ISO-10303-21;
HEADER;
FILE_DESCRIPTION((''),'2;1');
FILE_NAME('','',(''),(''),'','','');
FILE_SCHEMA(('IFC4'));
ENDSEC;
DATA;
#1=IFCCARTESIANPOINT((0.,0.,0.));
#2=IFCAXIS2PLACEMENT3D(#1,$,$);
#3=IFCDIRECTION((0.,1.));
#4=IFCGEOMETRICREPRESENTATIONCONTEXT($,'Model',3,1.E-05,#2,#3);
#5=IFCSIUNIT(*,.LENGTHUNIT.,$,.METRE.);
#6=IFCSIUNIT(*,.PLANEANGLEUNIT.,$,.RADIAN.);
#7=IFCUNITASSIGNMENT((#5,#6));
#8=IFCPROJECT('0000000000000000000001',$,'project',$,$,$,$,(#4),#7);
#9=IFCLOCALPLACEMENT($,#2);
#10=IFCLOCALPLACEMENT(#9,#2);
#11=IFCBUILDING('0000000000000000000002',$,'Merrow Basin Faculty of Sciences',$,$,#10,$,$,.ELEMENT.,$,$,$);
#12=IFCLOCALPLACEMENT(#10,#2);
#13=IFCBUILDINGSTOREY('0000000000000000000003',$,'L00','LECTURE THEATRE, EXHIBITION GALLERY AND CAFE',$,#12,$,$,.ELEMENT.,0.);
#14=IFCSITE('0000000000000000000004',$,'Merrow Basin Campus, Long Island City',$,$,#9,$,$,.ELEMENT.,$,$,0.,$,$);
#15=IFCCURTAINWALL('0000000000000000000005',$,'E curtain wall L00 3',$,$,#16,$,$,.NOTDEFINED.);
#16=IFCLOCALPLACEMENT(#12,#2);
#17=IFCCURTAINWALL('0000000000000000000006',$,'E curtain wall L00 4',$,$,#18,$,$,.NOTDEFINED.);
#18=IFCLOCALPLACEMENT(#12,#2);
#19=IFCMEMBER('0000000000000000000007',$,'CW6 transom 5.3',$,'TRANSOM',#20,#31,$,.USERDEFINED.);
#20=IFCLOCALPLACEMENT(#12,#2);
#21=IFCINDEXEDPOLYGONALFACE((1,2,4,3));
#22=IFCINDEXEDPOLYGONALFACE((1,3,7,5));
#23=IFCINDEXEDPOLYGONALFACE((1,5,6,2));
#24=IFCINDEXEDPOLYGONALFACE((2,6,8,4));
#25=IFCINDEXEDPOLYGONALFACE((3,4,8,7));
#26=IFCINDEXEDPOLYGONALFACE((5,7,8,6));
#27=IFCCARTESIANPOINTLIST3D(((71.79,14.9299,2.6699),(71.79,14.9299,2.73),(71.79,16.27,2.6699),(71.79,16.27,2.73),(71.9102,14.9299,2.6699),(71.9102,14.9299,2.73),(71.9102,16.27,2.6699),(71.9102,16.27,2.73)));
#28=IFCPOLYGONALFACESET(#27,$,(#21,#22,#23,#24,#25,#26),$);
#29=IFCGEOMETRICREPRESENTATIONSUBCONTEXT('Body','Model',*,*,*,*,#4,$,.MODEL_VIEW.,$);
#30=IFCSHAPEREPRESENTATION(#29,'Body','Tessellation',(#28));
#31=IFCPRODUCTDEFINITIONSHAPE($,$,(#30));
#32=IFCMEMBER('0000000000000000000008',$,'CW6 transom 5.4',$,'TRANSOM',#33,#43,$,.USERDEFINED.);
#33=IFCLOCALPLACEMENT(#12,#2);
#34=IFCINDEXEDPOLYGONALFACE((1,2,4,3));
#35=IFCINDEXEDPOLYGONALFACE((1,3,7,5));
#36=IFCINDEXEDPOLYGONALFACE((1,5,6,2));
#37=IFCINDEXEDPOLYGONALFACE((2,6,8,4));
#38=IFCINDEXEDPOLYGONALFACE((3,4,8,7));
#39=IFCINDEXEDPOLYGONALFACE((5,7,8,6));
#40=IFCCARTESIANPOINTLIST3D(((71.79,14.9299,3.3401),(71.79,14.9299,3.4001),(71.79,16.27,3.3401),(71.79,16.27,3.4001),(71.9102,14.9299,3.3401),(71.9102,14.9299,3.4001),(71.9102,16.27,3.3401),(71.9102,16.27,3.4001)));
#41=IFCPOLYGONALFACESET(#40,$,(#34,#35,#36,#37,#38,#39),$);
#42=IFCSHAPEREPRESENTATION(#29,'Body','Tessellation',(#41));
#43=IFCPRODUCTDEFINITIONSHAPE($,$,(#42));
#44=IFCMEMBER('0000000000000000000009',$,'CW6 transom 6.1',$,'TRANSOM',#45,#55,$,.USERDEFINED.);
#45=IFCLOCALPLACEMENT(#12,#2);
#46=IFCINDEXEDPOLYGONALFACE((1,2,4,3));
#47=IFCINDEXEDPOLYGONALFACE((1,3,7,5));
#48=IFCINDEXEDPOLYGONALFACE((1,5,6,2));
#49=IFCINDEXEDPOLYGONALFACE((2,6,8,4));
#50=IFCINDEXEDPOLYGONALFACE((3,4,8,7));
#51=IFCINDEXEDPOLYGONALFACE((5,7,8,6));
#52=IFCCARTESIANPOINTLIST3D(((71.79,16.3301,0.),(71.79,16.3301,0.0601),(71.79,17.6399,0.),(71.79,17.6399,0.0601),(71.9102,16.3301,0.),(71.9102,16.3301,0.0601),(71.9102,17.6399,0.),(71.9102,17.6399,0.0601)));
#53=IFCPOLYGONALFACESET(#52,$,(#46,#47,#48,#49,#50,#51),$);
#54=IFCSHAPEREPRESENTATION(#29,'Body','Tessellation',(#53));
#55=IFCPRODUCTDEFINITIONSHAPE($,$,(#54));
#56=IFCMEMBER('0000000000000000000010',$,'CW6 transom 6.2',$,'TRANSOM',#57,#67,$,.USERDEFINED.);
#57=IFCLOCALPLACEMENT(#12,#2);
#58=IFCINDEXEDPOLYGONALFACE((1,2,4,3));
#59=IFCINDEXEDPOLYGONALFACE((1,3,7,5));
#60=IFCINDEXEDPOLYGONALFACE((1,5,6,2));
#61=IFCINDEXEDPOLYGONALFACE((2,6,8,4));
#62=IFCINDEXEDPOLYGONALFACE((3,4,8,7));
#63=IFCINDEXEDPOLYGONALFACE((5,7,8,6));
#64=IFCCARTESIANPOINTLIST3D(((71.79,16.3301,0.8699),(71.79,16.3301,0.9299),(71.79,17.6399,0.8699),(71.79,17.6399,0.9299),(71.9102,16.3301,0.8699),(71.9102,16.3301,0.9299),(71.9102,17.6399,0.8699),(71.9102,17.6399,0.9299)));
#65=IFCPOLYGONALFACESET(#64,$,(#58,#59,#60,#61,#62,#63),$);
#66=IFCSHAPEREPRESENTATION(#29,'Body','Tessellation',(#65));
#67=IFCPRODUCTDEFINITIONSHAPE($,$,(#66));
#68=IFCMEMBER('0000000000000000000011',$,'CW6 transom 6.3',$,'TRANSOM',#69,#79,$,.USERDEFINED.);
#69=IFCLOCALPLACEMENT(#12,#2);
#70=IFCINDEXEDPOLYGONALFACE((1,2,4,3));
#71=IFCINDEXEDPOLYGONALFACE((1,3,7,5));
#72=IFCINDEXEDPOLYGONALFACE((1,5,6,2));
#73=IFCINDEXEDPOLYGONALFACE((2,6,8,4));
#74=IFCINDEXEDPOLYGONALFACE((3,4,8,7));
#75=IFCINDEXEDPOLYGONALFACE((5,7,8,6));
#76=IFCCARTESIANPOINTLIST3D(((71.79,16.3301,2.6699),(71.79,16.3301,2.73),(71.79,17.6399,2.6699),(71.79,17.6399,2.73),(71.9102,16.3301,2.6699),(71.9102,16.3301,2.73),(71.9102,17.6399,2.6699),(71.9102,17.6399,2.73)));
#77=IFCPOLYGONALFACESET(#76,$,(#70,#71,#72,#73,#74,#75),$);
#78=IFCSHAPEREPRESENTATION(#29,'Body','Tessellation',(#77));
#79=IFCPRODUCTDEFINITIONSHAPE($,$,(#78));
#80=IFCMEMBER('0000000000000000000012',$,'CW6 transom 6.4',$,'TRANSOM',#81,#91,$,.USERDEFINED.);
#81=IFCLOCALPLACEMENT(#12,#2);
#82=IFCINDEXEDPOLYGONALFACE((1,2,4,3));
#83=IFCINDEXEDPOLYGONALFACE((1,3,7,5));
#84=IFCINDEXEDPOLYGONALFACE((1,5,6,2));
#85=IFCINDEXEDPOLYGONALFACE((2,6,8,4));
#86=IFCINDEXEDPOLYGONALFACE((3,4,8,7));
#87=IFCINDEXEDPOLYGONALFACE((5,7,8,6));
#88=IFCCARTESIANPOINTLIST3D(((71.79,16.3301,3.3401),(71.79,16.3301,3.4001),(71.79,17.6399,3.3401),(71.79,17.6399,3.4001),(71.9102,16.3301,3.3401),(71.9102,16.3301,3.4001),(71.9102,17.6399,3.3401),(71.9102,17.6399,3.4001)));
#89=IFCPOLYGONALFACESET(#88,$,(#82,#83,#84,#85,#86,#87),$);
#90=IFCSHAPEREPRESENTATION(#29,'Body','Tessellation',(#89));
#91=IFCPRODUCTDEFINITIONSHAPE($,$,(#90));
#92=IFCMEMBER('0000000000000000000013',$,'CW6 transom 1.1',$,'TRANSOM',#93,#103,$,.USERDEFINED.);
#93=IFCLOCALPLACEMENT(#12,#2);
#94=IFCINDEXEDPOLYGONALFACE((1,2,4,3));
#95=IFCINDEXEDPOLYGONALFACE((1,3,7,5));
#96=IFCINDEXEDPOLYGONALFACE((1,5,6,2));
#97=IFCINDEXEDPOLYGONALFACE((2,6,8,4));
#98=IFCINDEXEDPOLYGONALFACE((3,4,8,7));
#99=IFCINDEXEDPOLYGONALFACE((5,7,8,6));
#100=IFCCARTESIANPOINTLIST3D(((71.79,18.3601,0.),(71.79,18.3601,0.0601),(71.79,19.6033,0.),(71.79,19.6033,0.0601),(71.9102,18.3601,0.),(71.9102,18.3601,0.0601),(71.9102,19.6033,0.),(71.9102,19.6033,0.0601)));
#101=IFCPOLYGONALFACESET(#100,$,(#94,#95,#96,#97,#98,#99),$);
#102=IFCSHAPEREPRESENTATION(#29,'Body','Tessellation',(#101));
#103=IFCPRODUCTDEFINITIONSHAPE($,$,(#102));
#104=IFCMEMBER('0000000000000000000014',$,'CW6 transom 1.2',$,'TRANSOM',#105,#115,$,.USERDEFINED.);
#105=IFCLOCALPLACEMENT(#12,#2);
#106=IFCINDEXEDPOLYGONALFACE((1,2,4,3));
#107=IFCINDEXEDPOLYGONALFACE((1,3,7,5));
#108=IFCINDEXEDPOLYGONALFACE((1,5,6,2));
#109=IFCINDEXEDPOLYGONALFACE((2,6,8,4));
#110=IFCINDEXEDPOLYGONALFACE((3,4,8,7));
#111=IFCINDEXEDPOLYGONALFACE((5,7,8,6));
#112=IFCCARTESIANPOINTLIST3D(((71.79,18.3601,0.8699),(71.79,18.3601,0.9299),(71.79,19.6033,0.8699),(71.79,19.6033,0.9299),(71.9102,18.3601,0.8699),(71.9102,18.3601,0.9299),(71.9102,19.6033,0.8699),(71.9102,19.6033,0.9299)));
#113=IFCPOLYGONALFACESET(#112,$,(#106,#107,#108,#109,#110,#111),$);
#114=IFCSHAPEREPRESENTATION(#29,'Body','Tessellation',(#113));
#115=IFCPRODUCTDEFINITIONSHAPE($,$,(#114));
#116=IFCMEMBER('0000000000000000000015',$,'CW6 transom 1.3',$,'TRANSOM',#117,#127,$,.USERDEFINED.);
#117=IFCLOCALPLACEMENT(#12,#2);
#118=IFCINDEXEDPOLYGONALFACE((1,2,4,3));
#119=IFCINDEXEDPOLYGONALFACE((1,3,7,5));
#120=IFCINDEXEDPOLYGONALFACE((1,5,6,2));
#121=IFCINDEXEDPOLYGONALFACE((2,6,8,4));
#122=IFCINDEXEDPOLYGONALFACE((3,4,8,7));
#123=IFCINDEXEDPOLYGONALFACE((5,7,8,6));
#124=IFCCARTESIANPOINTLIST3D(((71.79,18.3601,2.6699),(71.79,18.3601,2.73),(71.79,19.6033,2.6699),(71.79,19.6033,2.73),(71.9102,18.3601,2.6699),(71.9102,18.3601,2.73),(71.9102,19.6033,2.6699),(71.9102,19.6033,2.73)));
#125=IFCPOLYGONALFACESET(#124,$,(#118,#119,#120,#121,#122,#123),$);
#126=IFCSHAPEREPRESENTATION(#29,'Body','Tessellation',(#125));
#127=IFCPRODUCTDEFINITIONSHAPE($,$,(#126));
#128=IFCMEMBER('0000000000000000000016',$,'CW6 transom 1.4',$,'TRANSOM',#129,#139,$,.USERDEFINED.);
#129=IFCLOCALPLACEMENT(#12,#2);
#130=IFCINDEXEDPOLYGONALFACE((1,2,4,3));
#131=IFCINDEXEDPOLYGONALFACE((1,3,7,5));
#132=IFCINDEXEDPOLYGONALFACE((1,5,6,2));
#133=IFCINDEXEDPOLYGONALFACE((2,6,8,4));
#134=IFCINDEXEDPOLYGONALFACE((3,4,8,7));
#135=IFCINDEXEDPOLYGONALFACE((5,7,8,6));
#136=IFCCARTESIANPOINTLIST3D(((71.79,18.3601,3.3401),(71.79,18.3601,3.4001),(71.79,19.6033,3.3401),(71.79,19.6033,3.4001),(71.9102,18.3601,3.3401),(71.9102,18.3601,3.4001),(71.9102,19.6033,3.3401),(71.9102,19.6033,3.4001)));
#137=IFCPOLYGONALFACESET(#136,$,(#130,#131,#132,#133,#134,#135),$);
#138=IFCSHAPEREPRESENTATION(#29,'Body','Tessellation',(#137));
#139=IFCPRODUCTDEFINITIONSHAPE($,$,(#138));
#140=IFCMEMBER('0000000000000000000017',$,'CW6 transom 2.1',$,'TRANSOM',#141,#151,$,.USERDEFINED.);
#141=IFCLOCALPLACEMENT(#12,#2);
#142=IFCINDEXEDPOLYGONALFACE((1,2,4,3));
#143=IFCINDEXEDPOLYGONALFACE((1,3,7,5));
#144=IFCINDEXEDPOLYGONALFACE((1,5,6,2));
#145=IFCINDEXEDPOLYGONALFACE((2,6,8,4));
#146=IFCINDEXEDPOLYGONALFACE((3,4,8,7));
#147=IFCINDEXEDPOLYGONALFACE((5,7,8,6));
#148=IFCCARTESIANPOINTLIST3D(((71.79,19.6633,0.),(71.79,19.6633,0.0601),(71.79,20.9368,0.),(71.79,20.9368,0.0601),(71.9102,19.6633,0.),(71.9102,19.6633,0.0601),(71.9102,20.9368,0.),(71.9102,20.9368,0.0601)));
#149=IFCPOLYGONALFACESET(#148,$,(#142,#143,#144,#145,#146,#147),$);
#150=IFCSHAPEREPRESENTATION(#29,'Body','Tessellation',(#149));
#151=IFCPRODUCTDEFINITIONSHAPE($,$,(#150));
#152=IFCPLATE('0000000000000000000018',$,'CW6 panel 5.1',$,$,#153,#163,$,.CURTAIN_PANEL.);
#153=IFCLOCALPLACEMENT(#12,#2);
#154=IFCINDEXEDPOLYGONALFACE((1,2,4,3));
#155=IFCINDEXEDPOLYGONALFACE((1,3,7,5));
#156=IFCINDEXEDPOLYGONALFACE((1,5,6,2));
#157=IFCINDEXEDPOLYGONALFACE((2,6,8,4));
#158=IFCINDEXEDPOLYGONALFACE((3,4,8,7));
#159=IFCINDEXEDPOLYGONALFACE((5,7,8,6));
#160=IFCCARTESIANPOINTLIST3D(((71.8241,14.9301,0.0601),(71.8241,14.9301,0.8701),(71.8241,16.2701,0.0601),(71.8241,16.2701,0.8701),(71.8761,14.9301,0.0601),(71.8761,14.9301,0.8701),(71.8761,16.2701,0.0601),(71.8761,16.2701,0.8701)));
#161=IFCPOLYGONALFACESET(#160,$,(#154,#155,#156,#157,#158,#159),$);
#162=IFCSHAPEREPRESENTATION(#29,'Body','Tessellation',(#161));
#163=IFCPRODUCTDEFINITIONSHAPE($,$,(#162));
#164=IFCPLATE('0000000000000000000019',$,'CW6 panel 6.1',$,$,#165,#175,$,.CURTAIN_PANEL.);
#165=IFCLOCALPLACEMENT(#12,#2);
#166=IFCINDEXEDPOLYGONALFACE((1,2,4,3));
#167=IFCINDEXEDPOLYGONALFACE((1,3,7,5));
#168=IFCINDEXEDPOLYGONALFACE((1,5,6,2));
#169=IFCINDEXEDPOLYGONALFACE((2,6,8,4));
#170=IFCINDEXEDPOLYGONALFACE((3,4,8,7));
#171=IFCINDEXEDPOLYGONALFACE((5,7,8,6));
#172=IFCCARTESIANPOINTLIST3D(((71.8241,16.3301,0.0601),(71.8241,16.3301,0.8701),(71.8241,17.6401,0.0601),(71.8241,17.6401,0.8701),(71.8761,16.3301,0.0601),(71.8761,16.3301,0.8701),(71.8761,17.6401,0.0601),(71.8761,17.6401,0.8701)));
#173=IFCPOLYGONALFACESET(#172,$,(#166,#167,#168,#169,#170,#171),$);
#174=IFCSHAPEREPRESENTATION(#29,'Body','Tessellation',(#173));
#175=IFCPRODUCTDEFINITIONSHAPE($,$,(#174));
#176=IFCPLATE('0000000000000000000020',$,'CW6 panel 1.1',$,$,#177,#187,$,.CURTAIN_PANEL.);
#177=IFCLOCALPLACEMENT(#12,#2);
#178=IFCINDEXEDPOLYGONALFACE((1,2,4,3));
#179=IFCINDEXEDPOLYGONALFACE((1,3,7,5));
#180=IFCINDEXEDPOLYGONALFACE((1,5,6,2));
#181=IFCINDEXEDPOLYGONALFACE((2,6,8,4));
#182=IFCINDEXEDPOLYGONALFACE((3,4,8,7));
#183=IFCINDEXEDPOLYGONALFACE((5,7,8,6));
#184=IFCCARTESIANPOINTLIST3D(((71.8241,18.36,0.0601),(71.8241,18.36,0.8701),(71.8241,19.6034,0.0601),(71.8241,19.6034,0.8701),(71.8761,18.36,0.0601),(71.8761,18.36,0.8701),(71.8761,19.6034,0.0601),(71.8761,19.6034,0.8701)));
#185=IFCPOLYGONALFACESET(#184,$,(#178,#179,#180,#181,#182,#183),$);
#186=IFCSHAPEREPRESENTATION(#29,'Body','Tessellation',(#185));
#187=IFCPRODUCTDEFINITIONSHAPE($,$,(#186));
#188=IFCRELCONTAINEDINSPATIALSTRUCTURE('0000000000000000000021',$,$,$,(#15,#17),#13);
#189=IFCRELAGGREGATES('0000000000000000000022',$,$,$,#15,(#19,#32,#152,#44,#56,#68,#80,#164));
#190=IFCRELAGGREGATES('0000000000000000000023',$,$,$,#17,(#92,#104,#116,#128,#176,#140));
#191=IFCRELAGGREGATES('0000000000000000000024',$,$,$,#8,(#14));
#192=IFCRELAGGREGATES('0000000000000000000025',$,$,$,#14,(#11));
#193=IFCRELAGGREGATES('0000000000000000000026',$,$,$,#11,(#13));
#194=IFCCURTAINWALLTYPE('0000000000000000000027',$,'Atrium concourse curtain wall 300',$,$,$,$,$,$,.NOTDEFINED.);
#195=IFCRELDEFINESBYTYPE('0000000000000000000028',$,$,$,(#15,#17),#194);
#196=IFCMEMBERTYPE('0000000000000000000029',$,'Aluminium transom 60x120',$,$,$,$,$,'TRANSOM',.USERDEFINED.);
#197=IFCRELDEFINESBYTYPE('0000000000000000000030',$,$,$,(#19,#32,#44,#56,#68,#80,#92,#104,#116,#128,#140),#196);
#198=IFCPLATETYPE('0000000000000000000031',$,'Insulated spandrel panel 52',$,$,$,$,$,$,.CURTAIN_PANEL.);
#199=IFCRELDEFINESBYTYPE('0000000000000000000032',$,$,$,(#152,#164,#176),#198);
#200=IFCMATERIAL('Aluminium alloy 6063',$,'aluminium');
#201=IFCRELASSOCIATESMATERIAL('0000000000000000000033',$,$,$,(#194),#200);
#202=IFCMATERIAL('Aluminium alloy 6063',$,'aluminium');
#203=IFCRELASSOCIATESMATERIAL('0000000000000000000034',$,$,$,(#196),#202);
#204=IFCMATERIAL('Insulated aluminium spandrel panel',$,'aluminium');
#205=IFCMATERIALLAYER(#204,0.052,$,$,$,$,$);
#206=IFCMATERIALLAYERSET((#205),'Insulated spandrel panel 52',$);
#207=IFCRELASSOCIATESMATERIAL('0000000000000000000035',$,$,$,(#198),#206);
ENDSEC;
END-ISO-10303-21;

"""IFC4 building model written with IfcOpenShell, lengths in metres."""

from ifc_helpers import new_model, si_unit, direction, frame, origin, origin_2d, place, context, subcontext, project, spatial, rectangle, extrude, material, layer, layer_set, material_profile, profile_set, type_object, element, aggregate, save


model = new_model("IFC4")

# Units and contexts
model_context = context("Model", 3, precision=1e-05, world=origin(), true_north=direction((0.0, 1.0)))
body_context = subcontext(model_context, "Body", "Model", "MODEL_VIEW")
ifc_project = project(units=[si_unit("LENGTHUNIT", "METRE"), si_unit("PLANEANGLEUNIT", "RADIAN")], contexts=[model_context])

# Site, building, storey
site_placement = place(None, origin())
site = spatial("IfcSite", under=ifc_project, at=site_placement, Name="Merrow Basin Campus, Long Island City", CompositionType="ELEMENT", RefElevation=0.0)
building_placement = place(site_placement, origin())
building = spatial("IfcBuilding", under=site, at=building_placement, Name="Merrow Basin Faculty of Sciences", CompositionType="ELEMENT")
storey_placement = place(building_placement, origin())
storey = spatial("IfcBuildingStorey", under=building, at=storey_placement, Name="L00", Description="LECTURE THEATRE, EXHIBITION GALLERY AND CAFE", CompositionType="ELEMENT", Elevation=0.0)

# Curtain walls
ifc_material_1 = material(Name="Aluminium alloy 6063", Category="aluminium")
curtain_wall_type = type_object("IfcCurtainWallType", Name="Atrium concourse curtain wall 300", PredefinedType="NOTDEFINED", material=ifc_material_1)
curtain_wall_1_placement = place(storey_placement, origin())
curtain_wall_1 = element("IfcCurtainWall", 1, at=curtain_wall_1_placement, inside=storey, type_object=curtain_wall_type, Name="E curtain wall L00 3", PredefinedType="NOTDEFINED")
curtain_wall_2_placement = place(storey_placement, origin())
curtain_wall_2 = element("IfcCurtainWall", 2, at=curtain_wall_2_placement, inside=storey, type_object=curtain_wall_type, Name="E curtain wall L00 4", PredefinedType="NOTDEFINED")

# Members
ifc_material_2 = material(Name="Aluminium alloy 6063", Category="aluminium")
ifc_material_profile_1 = material_profile(ifc_material_2, rectangle(XDim=0.1201, YDim=0.0601, at=origin_2d()))
ifc_profile_set_1 = profile_set([ifc_material_profile_1], Name="Aluminium alloy 6063")
member_type_1 = type_object("IfcMemberType", Name="Aluminium transom 60x120", ElementType="TRANSOM", PredefinedType="USERDEFINED", material=ifc_profile_set_1)
member_1_placement = place(storey_placement, frame((71.8501, 14.9299, 2.7), z_axis=(0.0, 1.0, 0.0), x_axis=(-1.0, 0.0, 0.0)))
member_1 = element("IfcMember", 3, at=member_1_placement, type_object=member_type_1, Name="CW6 transom 5.3", ObjectType="TRANSOM", PredefinedType="USERDEFINED", context=body_context, shape_type="SweptSolid", body=[
    extrude(rectangle(XDim=0.1201, YDim=0.0601, at=origin_2d()), origin(), (0.0, 0.0, 1.0), 1.3401),
])
member_2_placement = place(storey_placement, frame((71.8501, 14.9299, 3.3701), z_axis=(0.0, 1.0, 0.0), x_axis=(-1.0, 0.0, 0.0)))
member_2 = element("IfcMember", 4, at=member_2_placement, type_object=member_type_1, Name="CW6 transom 5.4", ObjectType="TRANSOM", PredefinedType="USERDEFINED", context=body_context, shape_type="SweptSolid", body=[
    extrude(rectangle(XDim=0.1201, YDim=0.0601, at=origin_2d()), origin(), (0.0, 0.0, 1.0), 1.3401),
])
member_3_placement = place(storey_placement, frame((71.8501, 16.3301, 0.03), z_axis=(0.0, 1.0, 0.0), x_axis=(-1.0, 0.0, 0.0)))
member_3 = element("IfcMember", 5, at=member_3_placement, type_object=member_type_1, Name="CW6 transom 6.1", ObjectType="TRANSOM", PredefinedType="USERDEFINED", context=body_context, shape_type="SweptSolid", body=[
    extrude(rectangle(XDim=0.1201, YDim=0.0601, at=origin_2d()), origin(), (0.0, 0.0, 1.0), 1.3098),
])
member_4_placement = place(storey_placement, frame((71.8501, 16.3301, 0.8999), z_axis=(0.0, 1.0, 0.0), x_axis=(-1.0, 0.0, 0.0)))
member_4 = element("IfcMember", 6, at=member_4_placement, type_object=member_type_1, Name="CW6 transom 6.2", ObjectType="TRANSOM", PredefinedType="USERDEFINED", context=body_context, shape_type="SweptSolid", body=[
    extrude(rectangle(XDim=0.1201, YDim=0.0601, at=origin_2d()), origin(), (0.0, 0.0, 1.0), 1.3098),
])
member_5_placement = place(storey_placement, frame((71.8501, 16.3301, 2.7), z_axis=(0.0, 1.0, 0.0), x_axis=(-1.0, 0.0, 0.0)))
member_5 = element("IfcMember", 7, at=member_5_placement, type_object=member_type_1, Name="CW6 transom 6.3", ObjectType="TRANSOM", PredefinedType="USERDEFINED", context=body_context, shape_type="SweptSolid", body=[
    extrude(rectangle(XDim=0.1201, YDim=0.0601, at=origin_2d()), origin(), (0.0, 0.0, 1.0), 1.3098),
])
member_6_placement = place(storey_placement, frame((71.8501, 16.3301, 3.3701), z_axis=(0.0, 1.0, 0.0), x_axis=(-1.0, 0.0, 0.0)))
member_6 = element("IfcMember", 8, at=member_6_placement, type_object=member_type_1, Name="CW6 transom 6.4", ObjectType="TRANSOM", PredefinedType="USERDEFINED", context=body_context, shape_type="SweptSolid", body=[
    extrude(rectangle(XDim=0.1201, YDim=0.0601, at=origin_2d()), origin(), (0.0, 0.0, 1.0), 1.3098),
])
member_7_placement = place(storey_placement, frame((71.8501, 18.3601, 0.03), z_axis=(0.0, 1.0, 0.0), x_axis=(-1.0, 0.0, 0.0)))
member_7 = element("IfcMember", 9, at=member_7_placement, type_object=member_type_1, Name="CW6 transom 1.1", ObjectType="TRANSOM", PredefinedType="USERDEFINED", context=body_context, shape_type="SweptSolid", body=[
    extrude(rectangle(XDim=0.1201, YDim=0.0601, at=origin_2d()), origin(), (0.0, 0.0, 1.0), 1.2432),
])
member_8_placement = place(storey_placement, frame((71.8501, 18.3601, 0.8999), z_axis=(0.0, 1.0, 0.0), x_axis=(-1.0, 0.0, 0.0)))
member_8 = element("IfcMember", 10, at=member_8_placement, type_object=member_type_1, Name="CW6 transom 1.2", ObjectType="TRANSOM", PredefinedType="USERDEFINED", context=body_context, shape_type="SweptSolid", body=[
    extrude(rectangle(XDim=0.1201, YDim=0.0601, at=origin_2d()), origin(), (0.0, 0.0, 1.0), 1.2432),
])
member_9_placement = place(storey_placement, frame((71.8501, 18.3601, 2.7), z_axis=(0.0, 1.0, 0.0), x_axis=(-1.0, 0.0, 0.0)))
member_9 = element("IfcMember", 11, at=member_9_placement, type_object=member_type_1, Name="CW6 transom 1.3", ObjectType="TRANSOM", PredefinedType="USERDEFINED", context=body_context, shape_type="SweptSolid", body=[
    extrude(rectangle(XDim=0.1201, YDim=0.0601, at=origin_2d()), origin(), (0.0, 0.0, 1.0), 1.2432),
])
member_10_placement = place(storey_placement, frame((71.8501, 18.3601, 3.3701), z_axis=(0.0, 1.0, 0.0), x_axis=(-1.0, 0.0, 0.0)))
member_10 = element("IfcMember", 12, at=member_10_placement, type_object=member_type_1, Name="CW6 transom 1.4", ObjectType="TRANSOM", PredefinedType="USERDEFINED", context=body_context, shape_type="SweptSolid", body=[
    extrude(rectangle(XDim=0.1201, YDim=0.0601, at=origin_2d()), origin(), (0.0, 0.0, 1.0), 1.2432),
])
member_11_placement = place(storey_placement, frame((71.8501, 19.6633, 0.03), z_axis=(0.0, 1.0, 0.0), x_axis=(-1.0, 0.0, 0.0)))
member_11 = element("IfcMember", 13, at=member_11_placement, type_object=member_type_1, Name="CW6 transom 2.1", ObjectType="TRANSOM", PredefinedType="USERDEFINED", context=body_context, shape_type="SweptSolid", body=[
    extrude(rectangle(XDim=0.1201, YDim=0.0601, at=origin_2d()), origin(), (0.0, 0.0, 1.0), 1.2734),
])

# Plates
ifc_material_3 = material(Name="Insulated aluminium spandrel panel", Category="aluminium")
ifc_layer_1 = layer(ifc_material_3, 0.052)
ifc_layer_set_1 = layer_set([ifc_layer_1], Name="Insulated spandrel panel 52")
plate_type_1 = type_object("IfcPlateType", Name="Insulated spandrel panel 52", PredefinedType="CURTAIN_PANEL", material=ifc_layer_set_1)
plate_1_placement = place(storey_placement, frame((71.8501, 15.6001, 0.0601), z_axis=(0.0, 0.0, 1.0), x_axis=(0.0, 1.0, 0.0)))
plate_1 = element("IfcPlate", 14, at=plate_1_placement, type_object=plate_type_1, Name="CW6 panel 5.1", PredefinedType="CURTAIN_PANEL", context=body_context, shape_type="SweptSolid", body=[
    extrude(rectangle(XDim=1.3401, YDim=0.052, at=origin_2d()), origin(), (0.0, 0.0, 1.0), 0.8101),
])
plate_2_placement = place(storey_placement, frame((71.8501, 16.9851, 0.0601), z_axis=(0.0, 0.0, 1.0), x_axis=(0.0, 1.0, 0.0)))
plate_2 = element("IfcPlate", 15, at=plate_2_placement, type_object=plate_type_1, Name="CW6 panel 6.1", PredefinedType="CURTAIN_PANEL", context=body_context, shape_type="SweptSolid", body=[
    extrude(rectangle(XDim=1.3101, YDim=0.052, at=origin_2d()), origin(), (0.0, 0.0, 1.0), 0.8101),
])
plate_3_placement = place(storey_placement, frame((71.8501, 18.9817, 0.0601), z_axis=(0.0, 0.0, 1.0), x_axis=(0.0, 1.0, 0.0)))
plate_3 = element("IfcPlate", 16, at=plate_3_placement, type_object=plate_type_1, Name="CW6 panel 1.1", PredefinedType="CURTAIN_PANEL", context=body_context, shape_type="SweptSolid", body=[
    extrude(rectangle(XDim=1.2434, YDim=0.052, at=origin_2d()), origin(), (0.0, 0.0, 1.0), 0.8101),
])
aggregate(curtain_wall_1, [member_1, member_2, plate_1, member_3, member_4, member_5, member_6, plate_2])
aggregate(curtain_wall_2, [member_7, member_8, member_9, member_10, plate_3, member_11])

save(model, "model.ifc")
